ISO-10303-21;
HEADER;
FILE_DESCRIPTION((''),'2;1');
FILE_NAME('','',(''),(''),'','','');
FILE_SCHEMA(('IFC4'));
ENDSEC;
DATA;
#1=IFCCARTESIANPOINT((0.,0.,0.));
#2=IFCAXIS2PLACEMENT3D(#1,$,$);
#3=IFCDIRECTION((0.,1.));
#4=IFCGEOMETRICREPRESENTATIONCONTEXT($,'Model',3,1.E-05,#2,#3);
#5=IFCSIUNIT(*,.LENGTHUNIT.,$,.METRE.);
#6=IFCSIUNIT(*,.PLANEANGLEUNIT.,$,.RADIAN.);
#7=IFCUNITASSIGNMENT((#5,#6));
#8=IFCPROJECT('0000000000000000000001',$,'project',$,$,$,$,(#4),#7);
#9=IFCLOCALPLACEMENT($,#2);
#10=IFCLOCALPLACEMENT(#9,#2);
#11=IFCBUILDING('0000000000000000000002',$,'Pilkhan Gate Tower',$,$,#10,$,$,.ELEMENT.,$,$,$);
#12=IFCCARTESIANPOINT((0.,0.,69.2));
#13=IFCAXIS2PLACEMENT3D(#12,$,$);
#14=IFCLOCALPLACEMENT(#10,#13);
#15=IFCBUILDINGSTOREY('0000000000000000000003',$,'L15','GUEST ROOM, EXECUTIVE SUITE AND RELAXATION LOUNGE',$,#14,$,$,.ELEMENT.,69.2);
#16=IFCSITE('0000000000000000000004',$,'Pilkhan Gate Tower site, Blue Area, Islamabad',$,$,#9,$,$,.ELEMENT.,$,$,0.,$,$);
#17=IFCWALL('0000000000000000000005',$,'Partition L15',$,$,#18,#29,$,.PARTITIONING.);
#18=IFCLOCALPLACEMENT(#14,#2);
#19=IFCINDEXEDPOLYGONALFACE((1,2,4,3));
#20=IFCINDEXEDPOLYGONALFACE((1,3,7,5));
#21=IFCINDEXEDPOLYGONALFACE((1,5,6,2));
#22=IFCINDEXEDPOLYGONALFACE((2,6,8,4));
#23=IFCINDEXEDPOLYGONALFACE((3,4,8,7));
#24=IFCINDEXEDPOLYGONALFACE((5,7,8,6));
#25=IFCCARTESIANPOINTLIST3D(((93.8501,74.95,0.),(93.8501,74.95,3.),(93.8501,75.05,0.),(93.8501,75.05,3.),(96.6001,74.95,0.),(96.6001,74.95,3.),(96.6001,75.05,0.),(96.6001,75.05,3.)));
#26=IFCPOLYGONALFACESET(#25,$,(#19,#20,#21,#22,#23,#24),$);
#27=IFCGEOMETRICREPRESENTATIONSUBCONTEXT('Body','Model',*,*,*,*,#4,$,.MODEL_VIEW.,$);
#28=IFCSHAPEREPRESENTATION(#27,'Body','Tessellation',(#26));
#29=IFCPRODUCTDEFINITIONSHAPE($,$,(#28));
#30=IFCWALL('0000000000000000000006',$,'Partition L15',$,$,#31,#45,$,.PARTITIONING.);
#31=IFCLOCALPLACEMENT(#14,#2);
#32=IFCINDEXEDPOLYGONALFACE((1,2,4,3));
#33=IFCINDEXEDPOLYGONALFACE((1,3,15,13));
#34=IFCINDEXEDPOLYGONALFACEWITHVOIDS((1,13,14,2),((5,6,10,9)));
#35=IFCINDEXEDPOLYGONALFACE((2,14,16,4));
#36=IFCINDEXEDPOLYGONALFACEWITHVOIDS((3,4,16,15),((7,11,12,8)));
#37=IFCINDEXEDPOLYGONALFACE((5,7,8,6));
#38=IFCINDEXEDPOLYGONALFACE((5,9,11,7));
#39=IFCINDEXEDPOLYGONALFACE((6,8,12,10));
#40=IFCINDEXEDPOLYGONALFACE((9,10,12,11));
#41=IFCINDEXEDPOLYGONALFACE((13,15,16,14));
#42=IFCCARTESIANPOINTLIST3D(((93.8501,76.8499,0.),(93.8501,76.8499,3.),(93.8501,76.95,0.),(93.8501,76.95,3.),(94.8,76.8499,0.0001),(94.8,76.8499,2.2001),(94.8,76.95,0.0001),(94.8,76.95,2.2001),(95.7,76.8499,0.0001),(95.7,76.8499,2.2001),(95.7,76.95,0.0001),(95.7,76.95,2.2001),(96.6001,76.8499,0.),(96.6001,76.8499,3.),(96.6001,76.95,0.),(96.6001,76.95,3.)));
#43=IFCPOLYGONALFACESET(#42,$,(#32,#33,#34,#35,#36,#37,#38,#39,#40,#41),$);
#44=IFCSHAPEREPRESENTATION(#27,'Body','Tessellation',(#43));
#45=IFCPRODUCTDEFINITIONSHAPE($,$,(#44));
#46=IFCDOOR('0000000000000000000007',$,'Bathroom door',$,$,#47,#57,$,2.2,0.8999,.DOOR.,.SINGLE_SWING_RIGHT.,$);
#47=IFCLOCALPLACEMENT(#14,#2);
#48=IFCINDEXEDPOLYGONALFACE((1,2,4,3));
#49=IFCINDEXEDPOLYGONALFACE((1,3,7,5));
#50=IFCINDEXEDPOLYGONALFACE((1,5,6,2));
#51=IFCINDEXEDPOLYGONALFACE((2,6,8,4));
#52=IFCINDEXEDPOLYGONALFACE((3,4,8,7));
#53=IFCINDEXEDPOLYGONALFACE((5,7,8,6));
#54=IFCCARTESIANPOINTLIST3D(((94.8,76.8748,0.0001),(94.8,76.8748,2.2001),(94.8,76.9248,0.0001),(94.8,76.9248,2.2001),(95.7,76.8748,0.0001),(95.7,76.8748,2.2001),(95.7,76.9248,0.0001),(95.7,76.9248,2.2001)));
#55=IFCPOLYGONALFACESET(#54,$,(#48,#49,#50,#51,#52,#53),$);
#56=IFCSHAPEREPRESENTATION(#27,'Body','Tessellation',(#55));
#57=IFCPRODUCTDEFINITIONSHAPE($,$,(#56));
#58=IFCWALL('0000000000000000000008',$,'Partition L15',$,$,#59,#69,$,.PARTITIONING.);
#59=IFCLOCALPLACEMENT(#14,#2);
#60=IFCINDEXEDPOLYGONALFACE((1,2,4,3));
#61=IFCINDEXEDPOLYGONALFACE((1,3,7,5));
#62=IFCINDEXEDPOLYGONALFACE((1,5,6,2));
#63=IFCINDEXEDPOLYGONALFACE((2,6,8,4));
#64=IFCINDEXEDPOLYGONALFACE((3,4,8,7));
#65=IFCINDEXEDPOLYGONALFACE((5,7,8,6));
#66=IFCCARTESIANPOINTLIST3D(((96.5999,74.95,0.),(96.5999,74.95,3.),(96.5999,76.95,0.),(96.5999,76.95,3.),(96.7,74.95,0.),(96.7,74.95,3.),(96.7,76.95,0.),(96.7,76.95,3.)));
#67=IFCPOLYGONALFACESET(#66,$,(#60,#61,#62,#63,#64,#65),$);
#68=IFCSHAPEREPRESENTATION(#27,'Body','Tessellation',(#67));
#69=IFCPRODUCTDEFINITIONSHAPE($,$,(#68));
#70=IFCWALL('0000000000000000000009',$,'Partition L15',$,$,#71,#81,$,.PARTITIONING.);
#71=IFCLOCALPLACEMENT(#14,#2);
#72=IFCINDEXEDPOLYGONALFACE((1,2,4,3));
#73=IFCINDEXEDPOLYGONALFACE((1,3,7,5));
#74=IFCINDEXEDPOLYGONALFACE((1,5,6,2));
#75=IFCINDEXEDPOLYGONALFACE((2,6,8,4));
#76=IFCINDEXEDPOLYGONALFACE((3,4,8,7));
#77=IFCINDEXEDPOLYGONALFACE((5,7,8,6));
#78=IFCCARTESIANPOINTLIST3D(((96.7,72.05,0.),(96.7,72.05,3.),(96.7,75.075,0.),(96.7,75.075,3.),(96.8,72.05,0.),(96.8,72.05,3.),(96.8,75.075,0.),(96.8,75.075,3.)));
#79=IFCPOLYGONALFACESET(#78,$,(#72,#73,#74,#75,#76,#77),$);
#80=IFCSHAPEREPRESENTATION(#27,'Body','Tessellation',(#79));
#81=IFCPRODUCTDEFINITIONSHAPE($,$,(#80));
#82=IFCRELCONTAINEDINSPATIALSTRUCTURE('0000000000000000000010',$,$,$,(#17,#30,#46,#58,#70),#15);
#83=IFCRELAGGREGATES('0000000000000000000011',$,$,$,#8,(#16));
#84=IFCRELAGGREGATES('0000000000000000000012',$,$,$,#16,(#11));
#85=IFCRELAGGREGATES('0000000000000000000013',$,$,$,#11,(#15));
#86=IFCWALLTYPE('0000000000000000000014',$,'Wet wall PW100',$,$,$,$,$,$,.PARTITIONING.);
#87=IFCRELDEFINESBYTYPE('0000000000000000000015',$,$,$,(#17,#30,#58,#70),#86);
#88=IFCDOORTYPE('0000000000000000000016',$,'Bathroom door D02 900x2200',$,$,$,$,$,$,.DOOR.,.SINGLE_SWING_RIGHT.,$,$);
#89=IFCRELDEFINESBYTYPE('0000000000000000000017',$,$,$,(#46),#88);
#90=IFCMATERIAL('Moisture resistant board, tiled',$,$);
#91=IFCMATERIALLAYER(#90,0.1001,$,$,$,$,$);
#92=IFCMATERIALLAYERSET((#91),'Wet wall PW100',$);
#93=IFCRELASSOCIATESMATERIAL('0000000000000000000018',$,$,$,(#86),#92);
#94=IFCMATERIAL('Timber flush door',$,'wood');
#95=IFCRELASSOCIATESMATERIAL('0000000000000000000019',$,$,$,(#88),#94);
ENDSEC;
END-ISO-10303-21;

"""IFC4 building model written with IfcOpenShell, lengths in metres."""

from ifc_helpers import new_model, si_unit, direction, frame, frame_2d, origin, place, context, subcontext, project, spatial, rectangle, extrude, material, layer, layer_set, type_object, element, fill, save


model = new_model("IFC4")

# Units and contexts
model_context = context("Model", 3, precision=1e-05, world=origin(), true_north=direction((0.0, 1.0)))
body_context = subcontext(model_context, "Body", "Model", "MODEL_VIEW")
ifc_project = project(units=[si_unit("LENGTHUNIT", "METRE"), si_unit("PLANEANGLEUNIT", "RADIAN")], contexts=[model_context])

# Site, building, storey
site_placement = place(None, origin())
site = spatial("IfcSite", under=ifc_project, at=site_placement, Name="Pilkhan Gate Tower site, Blue Area, Islamabad", CompositionType="ELEMENT", RefElevation=0.0)
building_placement = place(site_placement, origin())
building = spatial("IfcBuilding", under=site, at=building_placement, Name="Pilkhan Gate Tower", CompositionType="ELEMENT")
storey_placement = place(building_placement, frame((0.0, 0.0, 69.2)))
storey = spatial("IfcBuildingStorey", under=building, at=storey_placement, Name="L15", Description="GUEST ROOM, EXECUTIVE SUITE AND RELAXATION LOUNGE", CompositionType="ELEMENT", Elevation=69.2)

# Shared definitions
ifc_material_1 = material(Name="Moisture resistant board, tiled")
ifc_layer_1 = layer(ifc_material_1, 0.1001)
ifc_layer_set_1 = layer_set([ifc_layer_1], Name="Wet wall PW100")
wall_type_1 = type_object("IfcWallType", Name="Wet wall PW100", PredefinedType="PARTITIONING", material=ifc_layer_set_1)
ifc_material_2 = material(Name="Timber flush door", Category="wood")
door_type = type_object("IfcDoorType", Name="Bathroom door D02 900x2200", OperationType="SINGLE_SWING_RIGHT", PredefinedType="DOOR", material=ifc_material_2)

# Wall
wall_1_placement = place(storey_placement, frame((93.8501, 75.0, 0.0), z_axis=(0.0, 0.0, 1.0), x_axis=(1.0, 0.0, 0.0)))
element("IfcWall", 1, at=wall_1_placement, inside=storey, type_object=wall_type_1, Name="Partition L15", PredefinedType="PARTITIONING", context=body_context, shape_type="SweptSolid", body=[
    extrude(rectangle(XDim=2.75, YDim=0.1001, at=frame_2d((1.375, 0.0))), origin(), (0.0, 0.0, 1.0), 3.0),
])

# Wall, opening, door
wall_2_placement = place(storey_placement, frame((93.8501, 76.8999, 0.0), z_axis=(0.0, 0.0, 1.0), x_axis=(1.0, 0.0, 0.0)))
wall_2 = element("IfcWall", 2, at=wall_2_placement, inside=storey, type_object=wall_type_1, Name="Partition L15", PredefinedType="PARTITIONING", context=body_context, shape_type="SweptSolid", body=[
    extrude(rectangle(XDim=2.75, YDim=0.1001, at=frame_2d((1.375, 0.0))), origin(), (0.0, 0.0, 1.0), 3.0),
])
opening_1_placement = place(wall_2_placement, frame((0.95, 0.0, 0.0)))
opening_1 = element("IfcOpeningElement", 3, at=opening_1_placement, cuts=wall_2, PredefinedType="OPENING", context=body_context, shape_type="SweptSolid", body=[
    extrude(rectangle(XDim=0.8999, YDim=2.2, at=frame_2d((0.45, 1.1001))), frame((0.0, 0.0601, 0.0), z_axis=(0.0, -1.0, 0.0), x_axis=(1.0, 0.0, 0.0)), (0.0, 0.0, 1.0), 0.1201),
])
door_1_placement = place(opening_1_placement, origin())
door_1 = element("IfcDoor", 4, at=door_1_placement, inside=storey, type_object=door_type, Name="Bathroom door", OperationType="SINGLE_SWING_RIGHT", OverallHeight=2.2, OverallWidth=0.8999, PredefinedType="DOOR", context=body_context, shape_type="SweptSolid", body=[
    extrude(rectangle(XDim=0.8999, YDim=2.2, at=frame_2d((0.45, 1.1001))), frame((0.0, 0.0249, 0.0), z_axis=(0.0, -1.0, 0.0), x_axis=(1.0, 0.0, 0.0)), (0.0, 0.0, 1.0), 0.05),
])
fill(opening_1, door_1)

# Walls
wall_3_placement = place(storey_placement, frame((96.6499, 74.95, 0.0), z_axis=(0.0, 0.0, 1.0), x_axis=(0.0, 1.0, 0.0)))
element("IfcWall", 5, at=wall_3_placement, inside=storey, type_object=wall_type_1, Name="Partition L15", PredefinedType="PARTITIONING", context=body_context, shape_type="SweptSolid", body=[
    extrude(rectangle(XDim=2.0, YDim=0.1001, at=frame_2d((1.0, 0.0))), origin(), (0.0, 0.0, 1.0), 3.0),
])
wall_4_placement = place(storey_placement, frame((96.75, 72.05, 0.0), z_axis=(0.0, 0.0, 1.0), x_axis=(0.0, 1.0, 0.0)))
element("IfcWall", 6, at=wall_4_placement, inside=storey, type_object=wall_type_1, Name="Partition L15", PredefinedType="PARTITIONING", context=body_context, shape_type="SweptSolid", body=[
    extrude(rectangle(XDim=3.0249, YDim=0.1001, at=frame_2d((1.5125, 0.0))), origin(), (0.0, 0.0, 1.0), 3.0),
])

save(model, "model.ifc")
